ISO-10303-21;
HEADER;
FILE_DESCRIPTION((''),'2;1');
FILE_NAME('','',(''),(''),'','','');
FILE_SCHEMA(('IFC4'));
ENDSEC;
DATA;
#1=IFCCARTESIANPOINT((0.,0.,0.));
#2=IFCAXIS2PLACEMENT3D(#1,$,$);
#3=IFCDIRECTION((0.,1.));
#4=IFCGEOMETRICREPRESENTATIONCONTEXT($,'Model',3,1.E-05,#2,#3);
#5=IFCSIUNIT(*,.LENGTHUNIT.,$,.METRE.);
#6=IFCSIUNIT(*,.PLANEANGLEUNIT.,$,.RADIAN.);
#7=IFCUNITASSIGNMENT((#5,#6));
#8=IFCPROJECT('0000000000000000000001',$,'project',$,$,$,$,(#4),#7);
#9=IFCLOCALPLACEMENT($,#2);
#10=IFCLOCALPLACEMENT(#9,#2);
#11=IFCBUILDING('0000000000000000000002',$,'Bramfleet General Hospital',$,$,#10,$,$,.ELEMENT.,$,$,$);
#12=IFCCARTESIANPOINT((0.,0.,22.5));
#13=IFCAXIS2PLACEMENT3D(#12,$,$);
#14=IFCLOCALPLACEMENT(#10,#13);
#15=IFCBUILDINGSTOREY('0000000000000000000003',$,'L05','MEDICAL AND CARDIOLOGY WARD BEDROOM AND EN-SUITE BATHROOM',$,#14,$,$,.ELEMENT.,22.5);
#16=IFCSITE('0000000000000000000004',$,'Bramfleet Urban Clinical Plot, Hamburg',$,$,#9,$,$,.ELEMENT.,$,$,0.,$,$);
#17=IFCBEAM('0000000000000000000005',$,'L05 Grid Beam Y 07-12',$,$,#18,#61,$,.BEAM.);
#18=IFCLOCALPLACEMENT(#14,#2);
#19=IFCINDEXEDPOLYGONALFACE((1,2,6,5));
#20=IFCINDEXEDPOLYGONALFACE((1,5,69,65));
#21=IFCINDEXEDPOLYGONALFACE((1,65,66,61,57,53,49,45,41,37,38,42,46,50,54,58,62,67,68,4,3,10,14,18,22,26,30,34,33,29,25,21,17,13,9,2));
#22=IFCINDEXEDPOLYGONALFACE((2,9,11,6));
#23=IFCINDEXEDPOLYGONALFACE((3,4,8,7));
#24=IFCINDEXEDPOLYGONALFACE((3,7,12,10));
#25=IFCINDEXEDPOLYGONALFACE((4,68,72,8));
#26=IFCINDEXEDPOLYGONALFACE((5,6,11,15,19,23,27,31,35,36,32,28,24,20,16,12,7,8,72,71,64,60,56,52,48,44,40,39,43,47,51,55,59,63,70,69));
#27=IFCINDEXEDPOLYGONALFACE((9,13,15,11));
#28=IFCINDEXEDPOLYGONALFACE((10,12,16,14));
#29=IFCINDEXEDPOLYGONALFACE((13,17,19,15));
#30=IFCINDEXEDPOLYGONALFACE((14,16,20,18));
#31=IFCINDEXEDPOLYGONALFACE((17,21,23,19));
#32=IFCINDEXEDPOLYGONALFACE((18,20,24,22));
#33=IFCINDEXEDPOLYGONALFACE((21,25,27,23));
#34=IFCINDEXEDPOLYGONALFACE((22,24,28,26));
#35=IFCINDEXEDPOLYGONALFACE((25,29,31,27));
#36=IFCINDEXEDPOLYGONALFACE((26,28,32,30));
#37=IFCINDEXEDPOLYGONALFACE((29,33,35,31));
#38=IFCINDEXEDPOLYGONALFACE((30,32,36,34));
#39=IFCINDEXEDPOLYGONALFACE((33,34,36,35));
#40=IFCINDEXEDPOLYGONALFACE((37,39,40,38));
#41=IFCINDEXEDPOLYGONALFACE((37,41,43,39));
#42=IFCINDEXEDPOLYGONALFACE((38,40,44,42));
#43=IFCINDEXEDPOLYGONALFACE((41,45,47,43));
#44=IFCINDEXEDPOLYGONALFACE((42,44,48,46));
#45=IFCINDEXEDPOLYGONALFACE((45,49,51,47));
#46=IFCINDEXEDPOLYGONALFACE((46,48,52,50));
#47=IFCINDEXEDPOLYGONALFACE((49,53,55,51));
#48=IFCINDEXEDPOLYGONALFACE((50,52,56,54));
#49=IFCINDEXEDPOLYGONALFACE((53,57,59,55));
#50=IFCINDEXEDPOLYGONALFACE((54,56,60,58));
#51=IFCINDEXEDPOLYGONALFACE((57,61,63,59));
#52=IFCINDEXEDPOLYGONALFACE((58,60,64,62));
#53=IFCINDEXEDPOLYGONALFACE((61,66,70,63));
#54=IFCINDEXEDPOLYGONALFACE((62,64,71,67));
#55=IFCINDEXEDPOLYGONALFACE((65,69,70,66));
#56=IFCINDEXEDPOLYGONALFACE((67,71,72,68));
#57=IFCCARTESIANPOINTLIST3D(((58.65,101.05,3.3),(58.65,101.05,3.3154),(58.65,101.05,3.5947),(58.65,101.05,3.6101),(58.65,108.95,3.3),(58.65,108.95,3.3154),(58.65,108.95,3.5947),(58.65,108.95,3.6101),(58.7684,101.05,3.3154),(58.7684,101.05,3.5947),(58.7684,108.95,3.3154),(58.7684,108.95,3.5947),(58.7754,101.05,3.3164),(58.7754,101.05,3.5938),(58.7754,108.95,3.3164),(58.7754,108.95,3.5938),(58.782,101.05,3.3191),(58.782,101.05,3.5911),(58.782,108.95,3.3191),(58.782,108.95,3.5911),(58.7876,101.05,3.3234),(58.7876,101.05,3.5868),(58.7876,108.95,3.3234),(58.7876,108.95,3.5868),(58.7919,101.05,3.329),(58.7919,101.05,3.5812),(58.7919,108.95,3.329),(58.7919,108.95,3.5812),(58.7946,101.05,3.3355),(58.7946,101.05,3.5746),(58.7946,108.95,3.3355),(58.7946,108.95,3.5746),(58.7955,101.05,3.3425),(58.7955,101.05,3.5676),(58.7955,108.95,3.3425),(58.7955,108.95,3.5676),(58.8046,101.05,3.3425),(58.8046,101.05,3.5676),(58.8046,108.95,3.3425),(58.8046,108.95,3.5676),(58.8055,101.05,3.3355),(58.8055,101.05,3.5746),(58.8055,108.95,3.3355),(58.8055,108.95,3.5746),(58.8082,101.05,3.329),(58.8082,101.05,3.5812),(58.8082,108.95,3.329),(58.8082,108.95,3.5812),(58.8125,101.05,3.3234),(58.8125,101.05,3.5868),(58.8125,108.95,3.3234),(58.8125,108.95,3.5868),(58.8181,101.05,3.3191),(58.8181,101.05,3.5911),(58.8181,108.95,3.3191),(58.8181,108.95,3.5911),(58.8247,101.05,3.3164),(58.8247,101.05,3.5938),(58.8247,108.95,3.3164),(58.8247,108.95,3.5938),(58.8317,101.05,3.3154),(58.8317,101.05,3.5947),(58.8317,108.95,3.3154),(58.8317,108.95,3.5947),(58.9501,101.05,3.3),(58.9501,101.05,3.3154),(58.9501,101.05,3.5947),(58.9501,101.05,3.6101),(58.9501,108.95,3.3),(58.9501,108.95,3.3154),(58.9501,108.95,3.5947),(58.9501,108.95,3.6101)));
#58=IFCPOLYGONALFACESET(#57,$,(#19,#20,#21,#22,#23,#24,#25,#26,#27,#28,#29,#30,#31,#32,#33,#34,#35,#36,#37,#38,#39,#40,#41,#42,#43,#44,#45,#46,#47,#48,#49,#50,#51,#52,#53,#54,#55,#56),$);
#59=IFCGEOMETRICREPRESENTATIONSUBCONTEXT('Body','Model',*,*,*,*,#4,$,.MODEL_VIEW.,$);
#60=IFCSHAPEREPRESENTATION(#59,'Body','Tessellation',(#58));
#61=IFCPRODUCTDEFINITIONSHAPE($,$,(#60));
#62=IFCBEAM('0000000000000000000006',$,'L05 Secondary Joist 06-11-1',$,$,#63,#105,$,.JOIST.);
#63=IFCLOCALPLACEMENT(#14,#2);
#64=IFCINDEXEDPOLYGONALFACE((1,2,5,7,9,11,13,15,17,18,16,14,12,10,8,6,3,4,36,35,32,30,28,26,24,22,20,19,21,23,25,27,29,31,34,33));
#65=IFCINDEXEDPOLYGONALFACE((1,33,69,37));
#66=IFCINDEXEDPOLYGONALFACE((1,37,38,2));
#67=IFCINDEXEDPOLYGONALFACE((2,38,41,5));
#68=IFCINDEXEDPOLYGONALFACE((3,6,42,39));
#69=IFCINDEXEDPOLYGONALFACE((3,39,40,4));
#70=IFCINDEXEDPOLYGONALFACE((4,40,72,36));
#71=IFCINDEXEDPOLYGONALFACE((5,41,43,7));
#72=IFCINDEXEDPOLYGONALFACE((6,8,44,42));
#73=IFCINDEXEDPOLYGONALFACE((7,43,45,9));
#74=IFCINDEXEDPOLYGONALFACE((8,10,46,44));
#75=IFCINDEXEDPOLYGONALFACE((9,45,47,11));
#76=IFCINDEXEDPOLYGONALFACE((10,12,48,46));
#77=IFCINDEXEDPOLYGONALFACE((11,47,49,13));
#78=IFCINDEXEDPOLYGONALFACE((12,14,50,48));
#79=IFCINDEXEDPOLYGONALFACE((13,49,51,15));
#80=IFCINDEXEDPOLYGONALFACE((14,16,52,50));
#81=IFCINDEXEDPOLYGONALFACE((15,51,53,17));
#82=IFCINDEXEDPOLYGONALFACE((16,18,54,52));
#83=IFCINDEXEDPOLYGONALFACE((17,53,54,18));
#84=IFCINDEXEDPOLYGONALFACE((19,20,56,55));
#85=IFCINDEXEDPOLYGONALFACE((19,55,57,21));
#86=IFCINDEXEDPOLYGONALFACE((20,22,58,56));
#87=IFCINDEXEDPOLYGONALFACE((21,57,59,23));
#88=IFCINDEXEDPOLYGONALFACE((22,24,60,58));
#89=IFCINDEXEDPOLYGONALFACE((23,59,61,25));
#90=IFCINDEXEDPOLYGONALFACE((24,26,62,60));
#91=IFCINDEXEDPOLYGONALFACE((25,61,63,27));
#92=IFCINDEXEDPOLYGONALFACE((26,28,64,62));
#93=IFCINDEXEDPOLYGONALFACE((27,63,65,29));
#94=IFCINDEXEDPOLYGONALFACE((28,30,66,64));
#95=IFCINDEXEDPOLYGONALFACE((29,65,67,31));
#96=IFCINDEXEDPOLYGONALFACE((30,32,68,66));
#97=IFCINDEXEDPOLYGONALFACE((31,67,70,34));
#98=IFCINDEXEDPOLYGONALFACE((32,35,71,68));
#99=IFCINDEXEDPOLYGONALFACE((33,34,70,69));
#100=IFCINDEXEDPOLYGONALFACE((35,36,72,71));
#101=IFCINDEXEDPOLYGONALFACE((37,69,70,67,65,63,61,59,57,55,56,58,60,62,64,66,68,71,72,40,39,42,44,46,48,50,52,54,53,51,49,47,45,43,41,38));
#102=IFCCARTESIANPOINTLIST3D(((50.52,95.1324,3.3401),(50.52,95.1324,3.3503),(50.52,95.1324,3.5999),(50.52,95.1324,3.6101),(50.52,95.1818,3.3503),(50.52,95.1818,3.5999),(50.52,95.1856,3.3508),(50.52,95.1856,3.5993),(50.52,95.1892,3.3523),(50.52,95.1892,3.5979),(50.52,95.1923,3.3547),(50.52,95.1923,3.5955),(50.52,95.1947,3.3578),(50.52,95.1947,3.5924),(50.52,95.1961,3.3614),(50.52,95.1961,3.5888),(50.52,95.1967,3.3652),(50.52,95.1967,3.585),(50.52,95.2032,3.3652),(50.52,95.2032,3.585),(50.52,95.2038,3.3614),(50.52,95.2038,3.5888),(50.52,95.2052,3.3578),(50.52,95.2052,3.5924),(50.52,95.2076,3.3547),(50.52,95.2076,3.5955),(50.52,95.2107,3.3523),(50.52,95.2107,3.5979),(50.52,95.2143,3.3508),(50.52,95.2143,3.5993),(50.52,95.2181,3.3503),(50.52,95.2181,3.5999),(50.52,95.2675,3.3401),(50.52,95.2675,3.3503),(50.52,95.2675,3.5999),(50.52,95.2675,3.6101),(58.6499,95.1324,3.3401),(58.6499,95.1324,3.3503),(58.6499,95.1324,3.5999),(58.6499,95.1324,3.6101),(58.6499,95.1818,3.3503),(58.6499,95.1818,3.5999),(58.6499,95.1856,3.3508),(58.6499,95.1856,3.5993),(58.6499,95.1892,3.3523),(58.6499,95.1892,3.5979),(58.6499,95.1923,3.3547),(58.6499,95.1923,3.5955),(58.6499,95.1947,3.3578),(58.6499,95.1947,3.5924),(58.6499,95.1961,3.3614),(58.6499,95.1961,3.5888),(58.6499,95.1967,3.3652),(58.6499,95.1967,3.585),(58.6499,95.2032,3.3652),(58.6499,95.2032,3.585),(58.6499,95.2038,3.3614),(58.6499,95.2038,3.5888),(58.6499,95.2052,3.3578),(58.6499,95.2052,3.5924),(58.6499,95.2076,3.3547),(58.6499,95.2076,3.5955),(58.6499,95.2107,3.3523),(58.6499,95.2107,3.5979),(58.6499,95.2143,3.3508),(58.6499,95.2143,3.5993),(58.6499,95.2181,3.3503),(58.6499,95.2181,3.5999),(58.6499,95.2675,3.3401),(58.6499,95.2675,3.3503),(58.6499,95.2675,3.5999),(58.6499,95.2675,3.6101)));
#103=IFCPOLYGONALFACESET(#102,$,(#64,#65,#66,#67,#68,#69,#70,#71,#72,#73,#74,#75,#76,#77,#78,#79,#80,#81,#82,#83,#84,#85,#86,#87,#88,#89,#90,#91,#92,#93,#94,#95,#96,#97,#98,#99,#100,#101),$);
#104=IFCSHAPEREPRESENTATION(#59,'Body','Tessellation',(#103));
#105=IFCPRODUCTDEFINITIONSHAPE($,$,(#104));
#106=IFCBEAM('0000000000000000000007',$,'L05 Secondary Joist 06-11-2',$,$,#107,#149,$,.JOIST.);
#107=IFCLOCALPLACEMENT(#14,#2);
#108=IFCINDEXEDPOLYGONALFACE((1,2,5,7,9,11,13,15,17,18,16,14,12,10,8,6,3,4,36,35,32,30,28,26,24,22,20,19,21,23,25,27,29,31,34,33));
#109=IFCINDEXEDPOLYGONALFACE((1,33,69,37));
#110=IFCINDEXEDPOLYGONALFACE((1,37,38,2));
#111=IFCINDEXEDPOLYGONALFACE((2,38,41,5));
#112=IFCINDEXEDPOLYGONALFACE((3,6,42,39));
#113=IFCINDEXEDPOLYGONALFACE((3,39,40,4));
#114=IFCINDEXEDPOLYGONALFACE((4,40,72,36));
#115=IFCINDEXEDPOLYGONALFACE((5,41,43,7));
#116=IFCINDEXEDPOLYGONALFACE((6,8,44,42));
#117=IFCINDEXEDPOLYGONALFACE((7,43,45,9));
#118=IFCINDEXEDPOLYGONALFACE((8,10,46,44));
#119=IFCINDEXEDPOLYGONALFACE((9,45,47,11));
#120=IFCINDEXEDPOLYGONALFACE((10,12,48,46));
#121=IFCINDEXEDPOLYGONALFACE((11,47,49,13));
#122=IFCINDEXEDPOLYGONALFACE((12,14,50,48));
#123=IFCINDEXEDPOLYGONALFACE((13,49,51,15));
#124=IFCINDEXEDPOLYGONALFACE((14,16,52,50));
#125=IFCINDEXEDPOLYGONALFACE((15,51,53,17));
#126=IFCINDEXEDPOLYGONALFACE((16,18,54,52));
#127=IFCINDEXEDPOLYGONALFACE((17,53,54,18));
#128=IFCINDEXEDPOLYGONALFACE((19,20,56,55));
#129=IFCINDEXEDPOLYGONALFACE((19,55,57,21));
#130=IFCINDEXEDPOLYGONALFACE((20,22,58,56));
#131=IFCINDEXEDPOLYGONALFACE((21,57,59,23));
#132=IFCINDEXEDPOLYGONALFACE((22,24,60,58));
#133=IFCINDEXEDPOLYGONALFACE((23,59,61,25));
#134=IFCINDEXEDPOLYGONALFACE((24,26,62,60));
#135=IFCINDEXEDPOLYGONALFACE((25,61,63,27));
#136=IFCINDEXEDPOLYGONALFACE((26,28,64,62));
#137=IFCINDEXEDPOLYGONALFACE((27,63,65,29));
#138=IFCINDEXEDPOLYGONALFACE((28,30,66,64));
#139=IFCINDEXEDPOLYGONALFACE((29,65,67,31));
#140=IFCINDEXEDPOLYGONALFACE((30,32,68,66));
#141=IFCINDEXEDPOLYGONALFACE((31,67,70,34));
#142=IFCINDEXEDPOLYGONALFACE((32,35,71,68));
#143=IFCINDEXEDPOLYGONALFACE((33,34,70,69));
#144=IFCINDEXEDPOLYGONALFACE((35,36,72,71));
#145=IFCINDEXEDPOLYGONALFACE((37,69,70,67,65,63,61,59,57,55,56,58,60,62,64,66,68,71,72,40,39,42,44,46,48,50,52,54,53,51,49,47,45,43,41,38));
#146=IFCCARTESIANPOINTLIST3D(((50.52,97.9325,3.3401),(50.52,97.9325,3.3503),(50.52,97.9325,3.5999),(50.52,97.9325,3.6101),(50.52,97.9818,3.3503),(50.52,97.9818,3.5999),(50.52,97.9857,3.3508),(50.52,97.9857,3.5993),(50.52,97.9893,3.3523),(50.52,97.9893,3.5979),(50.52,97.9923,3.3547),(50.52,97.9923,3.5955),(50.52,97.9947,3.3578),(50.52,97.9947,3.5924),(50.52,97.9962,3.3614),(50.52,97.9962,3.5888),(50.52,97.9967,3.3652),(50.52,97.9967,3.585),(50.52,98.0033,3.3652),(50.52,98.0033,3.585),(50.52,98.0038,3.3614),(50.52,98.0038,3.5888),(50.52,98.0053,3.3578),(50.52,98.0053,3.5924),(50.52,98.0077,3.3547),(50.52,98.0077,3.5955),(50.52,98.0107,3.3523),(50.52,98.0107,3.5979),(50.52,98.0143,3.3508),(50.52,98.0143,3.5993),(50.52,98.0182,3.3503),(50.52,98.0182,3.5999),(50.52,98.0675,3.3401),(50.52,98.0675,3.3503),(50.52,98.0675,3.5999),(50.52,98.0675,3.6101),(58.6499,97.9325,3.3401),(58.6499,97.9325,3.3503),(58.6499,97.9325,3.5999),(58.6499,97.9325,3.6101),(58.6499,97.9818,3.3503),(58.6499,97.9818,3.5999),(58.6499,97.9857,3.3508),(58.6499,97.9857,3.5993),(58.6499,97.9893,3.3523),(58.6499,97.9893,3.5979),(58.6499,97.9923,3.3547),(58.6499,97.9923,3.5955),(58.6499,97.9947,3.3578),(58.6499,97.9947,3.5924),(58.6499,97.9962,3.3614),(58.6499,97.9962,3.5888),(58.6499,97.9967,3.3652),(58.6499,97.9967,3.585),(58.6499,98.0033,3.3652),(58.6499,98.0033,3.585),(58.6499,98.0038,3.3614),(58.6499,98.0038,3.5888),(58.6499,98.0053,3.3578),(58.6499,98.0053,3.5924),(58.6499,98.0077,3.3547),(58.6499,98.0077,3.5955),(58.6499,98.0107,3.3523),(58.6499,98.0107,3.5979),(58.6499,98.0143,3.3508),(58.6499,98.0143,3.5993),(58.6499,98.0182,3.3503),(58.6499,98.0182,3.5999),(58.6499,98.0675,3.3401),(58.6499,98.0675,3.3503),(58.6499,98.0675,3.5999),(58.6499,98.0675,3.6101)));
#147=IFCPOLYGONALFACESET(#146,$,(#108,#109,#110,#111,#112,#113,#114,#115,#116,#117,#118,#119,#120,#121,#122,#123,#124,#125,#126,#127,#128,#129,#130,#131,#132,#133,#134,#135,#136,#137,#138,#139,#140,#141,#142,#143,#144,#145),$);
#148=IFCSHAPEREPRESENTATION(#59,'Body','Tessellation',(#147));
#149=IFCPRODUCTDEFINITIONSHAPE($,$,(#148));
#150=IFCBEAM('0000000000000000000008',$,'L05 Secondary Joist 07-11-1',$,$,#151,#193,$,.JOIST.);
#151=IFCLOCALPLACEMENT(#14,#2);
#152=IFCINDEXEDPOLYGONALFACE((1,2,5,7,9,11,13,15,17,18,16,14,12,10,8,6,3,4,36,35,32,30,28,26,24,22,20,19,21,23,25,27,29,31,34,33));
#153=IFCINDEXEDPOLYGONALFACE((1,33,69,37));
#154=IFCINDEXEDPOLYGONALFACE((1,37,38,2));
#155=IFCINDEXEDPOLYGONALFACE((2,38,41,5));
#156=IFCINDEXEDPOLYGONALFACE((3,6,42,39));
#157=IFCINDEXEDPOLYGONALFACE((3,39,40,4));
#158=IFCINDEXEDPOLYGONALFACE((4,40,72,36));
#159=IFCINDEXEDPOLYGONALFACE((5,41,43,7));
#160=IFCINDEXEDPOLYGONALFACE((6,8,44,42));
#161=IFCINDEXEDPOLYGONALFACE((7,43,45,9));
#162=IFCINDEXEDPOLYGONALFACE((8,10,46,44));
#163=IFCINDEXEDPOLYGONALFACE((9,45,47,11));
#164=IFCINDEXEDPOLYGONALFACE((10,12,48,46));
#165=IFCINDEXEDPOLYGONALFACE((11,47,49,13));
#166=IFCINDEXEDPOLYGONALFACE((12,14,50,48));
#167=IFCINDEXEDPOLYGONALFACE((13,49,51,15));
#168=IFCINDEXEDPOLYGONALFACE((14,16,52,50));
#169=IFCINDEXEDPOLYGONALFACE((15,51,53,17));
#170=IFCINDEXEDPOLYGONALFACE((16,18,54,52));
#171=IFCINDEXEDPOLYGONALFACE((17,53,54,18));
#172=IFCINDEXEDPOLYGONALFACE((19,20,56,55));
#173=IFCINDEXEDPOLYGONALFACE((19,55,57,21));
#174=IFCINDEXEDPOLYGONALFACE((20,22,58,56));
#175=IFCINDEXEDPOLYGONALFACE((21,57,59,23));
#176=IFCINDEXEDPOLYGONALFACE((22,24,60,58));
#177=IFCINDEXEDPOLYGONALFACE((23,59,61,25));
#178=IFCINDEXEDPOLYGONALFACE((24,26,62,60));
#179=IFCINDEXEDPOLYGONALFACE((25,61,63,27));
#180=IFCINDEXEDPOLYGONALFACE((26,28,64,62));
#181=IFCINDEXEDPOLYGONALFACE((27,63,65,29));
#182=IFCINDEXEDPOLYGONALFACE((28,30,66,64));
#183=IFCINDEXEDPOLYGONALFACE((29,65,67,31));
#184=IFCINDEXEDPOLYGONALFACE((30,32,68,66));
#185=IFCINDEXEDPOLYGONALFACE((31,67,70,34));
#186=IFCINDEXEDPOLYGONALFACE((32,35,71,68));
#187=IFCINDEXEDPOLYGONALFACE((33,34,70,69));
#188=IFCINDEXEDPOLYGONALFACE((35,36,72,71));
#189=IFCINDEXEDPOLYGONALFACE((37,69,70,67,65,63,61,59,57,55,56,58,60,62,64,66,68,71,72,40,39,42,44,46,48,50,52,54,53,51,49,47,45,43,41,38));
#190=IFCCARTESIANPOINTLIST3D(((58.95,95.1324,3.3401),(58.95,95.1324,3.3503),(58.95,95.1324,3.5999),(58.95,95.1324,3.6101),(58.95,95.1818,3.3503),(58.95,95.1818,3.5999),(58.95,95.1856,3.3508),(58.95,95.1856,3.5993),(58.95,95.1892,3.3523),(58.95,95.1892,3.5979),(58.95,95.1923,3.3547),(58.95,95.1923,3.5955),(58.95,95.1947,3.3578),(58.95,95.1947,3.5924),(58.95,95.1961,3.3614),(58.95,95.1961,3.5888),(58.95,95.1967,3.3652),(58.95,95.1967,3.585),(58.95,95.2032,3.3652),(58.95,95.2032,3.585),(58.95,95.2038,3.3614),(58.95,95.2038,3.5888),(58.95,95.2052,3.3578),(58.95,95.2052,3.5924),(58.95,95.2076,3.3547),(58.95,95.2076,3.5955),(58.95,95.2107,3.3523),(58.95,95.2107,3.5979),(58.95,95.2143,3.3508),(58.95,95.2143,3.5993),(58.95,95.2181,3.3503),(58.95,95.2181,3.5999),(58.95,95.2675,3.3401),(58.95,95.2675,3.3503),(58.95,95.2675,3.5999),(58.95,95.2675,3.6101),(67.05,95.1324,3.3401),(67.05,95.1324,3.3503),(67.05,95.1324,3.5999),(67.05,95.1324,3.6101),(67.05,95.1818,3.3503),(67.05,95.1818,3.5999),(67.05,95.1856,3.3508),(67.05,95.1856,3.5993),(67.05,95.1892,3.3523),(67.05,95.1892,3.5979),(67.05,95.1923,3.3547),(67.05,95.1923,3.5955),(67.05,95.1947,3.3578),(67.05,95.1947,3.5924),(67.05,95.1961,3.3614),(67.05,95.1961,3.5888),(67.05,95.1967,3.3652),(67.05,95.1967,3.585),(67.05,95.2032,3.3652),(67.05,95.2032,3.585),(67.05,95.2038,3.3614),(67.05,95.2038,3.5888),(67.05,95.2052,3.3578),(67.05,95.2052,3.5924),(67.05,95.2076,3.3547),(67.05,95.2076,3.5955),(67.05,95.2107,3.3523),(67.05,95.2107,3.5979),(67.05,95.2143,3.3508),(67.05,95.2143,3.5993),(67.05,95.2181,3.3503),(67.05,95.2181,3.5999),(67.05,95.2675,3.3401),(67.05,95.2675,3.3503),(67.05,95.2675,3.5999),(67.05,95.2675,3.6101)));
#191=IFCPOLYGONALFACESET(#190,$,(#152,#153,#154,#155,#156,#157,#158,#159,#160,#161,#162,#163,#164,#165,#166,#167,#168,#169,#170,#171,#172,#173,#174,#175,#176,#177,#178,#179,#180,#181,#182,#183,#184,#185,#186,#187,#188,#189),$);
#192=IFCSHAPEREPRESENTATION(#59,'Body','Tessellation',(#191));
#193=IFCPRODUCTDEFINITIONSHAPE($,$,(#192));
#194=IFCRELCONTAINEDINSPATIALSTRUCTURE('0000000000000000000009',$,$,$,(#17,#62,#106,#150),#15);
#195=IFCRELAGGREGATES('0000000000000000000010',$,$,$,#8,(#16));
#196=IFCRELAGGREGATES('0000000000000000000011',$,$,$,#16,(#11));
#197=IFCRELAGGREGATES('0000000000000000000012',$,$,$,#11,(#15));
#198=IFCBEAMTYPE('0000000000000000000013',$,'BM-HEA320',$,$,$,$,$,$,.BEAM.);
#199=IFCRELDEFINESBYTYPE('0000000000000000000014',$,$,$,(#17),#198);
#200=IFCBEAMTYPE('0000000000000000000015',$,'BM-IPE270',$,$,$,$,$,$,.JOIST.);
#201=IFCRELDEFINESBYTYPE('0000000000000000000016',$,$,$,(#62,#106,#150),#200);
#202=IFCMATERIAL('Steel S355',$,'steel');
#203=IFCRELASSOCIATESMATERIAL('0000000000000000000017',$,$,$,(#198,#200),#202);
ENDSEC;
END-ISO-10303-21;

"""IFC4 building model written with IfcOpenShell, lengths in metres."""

from ifc_helpers import new_model, si_unit, direction, frame, origin, origin_2d, place, context, subcontext, project, spatial, i_section, extrude, material, material_profile, profile_set, type_object, element, save


model = new_model("IFC4")

# Units and contexts
model_context = context("Model", 3, precision=1e-05, world=origin(), true_north=direction((0.0, 1.0)))
body_context = subcontext(model_context, "Body", "Model", "MODEL_VIEW")
ifc_project = project(units=[si_unit("LENGTHUNIT", "METRE"), si_unit("PLANEANGLEUNIT", "RADIAN")], contexts=[model_context])

# Site, building, storey
site_placement = place(None, origin())
site = spatial("IfcSite", under=ifc_project, at=site_placement, Name="Bramfleet Urban Clinical Plot, Hamburg", CompositionType="ELEMENT", RefElevation=0.0)
building_placement = place(site_placement, origin())
building = spatial("IfcBuilding", under=site, at=building_placement, Name="Bramfleet General Hospital", CompositionType="ELEMENT")
storey_placement = place(building_placement, frame((0.0, 0.0, 22.5)))
storey = spatial("IfcBuildingStorey", under=building, at=storey_placement, Name="L05", Description="MEDICAL AND CARDIOLOGY WARD BEDROOM AND EN-SUITE BATHROOM", CompositionType="ELEMENT", Elevation=22.5)

# Beams
ifc_material_1 = material(Name="Steel S355", Category="steel")
ifc_material_profile_1 = material_profile(ifc_material_1, i_section(OverallWidth=0.3, OverallDepth=0.3101, WebThickness=0.009, FlangeThickness=0.0154, FilletRadius=0.0271, at=origin_2d()), Name="HEA 320")
ifc_profile_set_1 = profile_set([ifc_material_profile_1], Name="Steel S355")
beam_type_1 = type_object("IfcBeamType", Name="BM-HEA320", PredefinedType="BEAM", material=ifc_profile_set_1)
beam_1_placement = place(storey_placement, frame((58.8, 101.05, 3.4551), z_axis=(0.0, 1.0, 0.0), x_axis=(-1.0, 0.0, 0.0)))
element("IfcBeam", 1, at=beam_1_placement, inside=storey, type_object=beam_type_1, Name="L05 Grid Beam Y 07-12", PredefinedType="BEAM", context=body_context, shape_type="SweptSolid", body=[
    extrude(i_section(OverallWidth=0.3, OverallDepth=0.3101, WebThickness=0.009, FlangeThickness=0.0154, FilletRadius=0.0271, at=origin_2d()), origin(), (0.0, 0.0, 1.0), 7.8999),
])
ifc_material_profile_2 = material_profile(ifc_material_1, i_section(OverallWidth=0.135, OverallDepth=0.27, WebThickness=0.0066, FlangeThickness=0.0103, FilletRadius=0.0149, at=origin_2d()), Name="IPE 270")
ifc_profile_set_2 = profile_set([ifc_material_profile_2], Name="Steel S355")
beam_type_2 = type_object("IfcBeamType", Name="BM-IPE270", PredefinedType="JOIST", material=ifc_profile_set_2)
for number, where, z_axis, x_axis, name in (
    (2, (50.52, 95.2, 3.4751), (1.0, 0.0, 0.0), (0.0, 1.0, 0.0), "L05 Secondary Joist 06-11-1"),
    (3, (50.52, 98.0, 3.4751), (1.0, 0.0, 0.0), (0.0, 1.0, 0.0), "L05 Secondary Joist 06-11-2"),
):
    element("IfcBeam", number, at=place(storey_placement, frame(where, z_axis=z_axis, x_axis=x_axis)), inside=storey, type_object=beam_type_2, Name=name, PredefinedType="JOIST", context=body_context, shape_type="SweptSolid", body=[
        extrude(i_section(OverallWidth=0.135, OverallDepth=0.27, WebThickness=0.0066, FlangeThickness=0.0103, FilletRadius=0.0149, at=origin_2d()), origin(), (0.0, 0.0, 1.0), 8.1299),
    ])
for number, where, z_axis, x_axis, name in (
    (4, (58.95, 95.2, 3.4751), (1.0, 0.0, 0.0), (0.0, 1.0, 0.0), "L05 Secondary Joist 07-11-1"),
):
    element("IfcBeam", number, at=place(storey_placement, frame(where, z_axis=z_axis, x_axis=x_axis)), inside=storey, type_object=beam_type_2, Name=name, PredefinedType="JOIST", context=body_context, shape_type="SweptSolid", body=[
        extrude(i_section(OverallWidth=0.135, OverallDepth=0.27, WebThickness=0.0066, FlangeThickness=0.0103, FilletRadius=0.0149, at=origin_2d()), origin(), (0.0, 0.0, 1.0), 8.1001),
    ])

save(model, "model.ifc")
